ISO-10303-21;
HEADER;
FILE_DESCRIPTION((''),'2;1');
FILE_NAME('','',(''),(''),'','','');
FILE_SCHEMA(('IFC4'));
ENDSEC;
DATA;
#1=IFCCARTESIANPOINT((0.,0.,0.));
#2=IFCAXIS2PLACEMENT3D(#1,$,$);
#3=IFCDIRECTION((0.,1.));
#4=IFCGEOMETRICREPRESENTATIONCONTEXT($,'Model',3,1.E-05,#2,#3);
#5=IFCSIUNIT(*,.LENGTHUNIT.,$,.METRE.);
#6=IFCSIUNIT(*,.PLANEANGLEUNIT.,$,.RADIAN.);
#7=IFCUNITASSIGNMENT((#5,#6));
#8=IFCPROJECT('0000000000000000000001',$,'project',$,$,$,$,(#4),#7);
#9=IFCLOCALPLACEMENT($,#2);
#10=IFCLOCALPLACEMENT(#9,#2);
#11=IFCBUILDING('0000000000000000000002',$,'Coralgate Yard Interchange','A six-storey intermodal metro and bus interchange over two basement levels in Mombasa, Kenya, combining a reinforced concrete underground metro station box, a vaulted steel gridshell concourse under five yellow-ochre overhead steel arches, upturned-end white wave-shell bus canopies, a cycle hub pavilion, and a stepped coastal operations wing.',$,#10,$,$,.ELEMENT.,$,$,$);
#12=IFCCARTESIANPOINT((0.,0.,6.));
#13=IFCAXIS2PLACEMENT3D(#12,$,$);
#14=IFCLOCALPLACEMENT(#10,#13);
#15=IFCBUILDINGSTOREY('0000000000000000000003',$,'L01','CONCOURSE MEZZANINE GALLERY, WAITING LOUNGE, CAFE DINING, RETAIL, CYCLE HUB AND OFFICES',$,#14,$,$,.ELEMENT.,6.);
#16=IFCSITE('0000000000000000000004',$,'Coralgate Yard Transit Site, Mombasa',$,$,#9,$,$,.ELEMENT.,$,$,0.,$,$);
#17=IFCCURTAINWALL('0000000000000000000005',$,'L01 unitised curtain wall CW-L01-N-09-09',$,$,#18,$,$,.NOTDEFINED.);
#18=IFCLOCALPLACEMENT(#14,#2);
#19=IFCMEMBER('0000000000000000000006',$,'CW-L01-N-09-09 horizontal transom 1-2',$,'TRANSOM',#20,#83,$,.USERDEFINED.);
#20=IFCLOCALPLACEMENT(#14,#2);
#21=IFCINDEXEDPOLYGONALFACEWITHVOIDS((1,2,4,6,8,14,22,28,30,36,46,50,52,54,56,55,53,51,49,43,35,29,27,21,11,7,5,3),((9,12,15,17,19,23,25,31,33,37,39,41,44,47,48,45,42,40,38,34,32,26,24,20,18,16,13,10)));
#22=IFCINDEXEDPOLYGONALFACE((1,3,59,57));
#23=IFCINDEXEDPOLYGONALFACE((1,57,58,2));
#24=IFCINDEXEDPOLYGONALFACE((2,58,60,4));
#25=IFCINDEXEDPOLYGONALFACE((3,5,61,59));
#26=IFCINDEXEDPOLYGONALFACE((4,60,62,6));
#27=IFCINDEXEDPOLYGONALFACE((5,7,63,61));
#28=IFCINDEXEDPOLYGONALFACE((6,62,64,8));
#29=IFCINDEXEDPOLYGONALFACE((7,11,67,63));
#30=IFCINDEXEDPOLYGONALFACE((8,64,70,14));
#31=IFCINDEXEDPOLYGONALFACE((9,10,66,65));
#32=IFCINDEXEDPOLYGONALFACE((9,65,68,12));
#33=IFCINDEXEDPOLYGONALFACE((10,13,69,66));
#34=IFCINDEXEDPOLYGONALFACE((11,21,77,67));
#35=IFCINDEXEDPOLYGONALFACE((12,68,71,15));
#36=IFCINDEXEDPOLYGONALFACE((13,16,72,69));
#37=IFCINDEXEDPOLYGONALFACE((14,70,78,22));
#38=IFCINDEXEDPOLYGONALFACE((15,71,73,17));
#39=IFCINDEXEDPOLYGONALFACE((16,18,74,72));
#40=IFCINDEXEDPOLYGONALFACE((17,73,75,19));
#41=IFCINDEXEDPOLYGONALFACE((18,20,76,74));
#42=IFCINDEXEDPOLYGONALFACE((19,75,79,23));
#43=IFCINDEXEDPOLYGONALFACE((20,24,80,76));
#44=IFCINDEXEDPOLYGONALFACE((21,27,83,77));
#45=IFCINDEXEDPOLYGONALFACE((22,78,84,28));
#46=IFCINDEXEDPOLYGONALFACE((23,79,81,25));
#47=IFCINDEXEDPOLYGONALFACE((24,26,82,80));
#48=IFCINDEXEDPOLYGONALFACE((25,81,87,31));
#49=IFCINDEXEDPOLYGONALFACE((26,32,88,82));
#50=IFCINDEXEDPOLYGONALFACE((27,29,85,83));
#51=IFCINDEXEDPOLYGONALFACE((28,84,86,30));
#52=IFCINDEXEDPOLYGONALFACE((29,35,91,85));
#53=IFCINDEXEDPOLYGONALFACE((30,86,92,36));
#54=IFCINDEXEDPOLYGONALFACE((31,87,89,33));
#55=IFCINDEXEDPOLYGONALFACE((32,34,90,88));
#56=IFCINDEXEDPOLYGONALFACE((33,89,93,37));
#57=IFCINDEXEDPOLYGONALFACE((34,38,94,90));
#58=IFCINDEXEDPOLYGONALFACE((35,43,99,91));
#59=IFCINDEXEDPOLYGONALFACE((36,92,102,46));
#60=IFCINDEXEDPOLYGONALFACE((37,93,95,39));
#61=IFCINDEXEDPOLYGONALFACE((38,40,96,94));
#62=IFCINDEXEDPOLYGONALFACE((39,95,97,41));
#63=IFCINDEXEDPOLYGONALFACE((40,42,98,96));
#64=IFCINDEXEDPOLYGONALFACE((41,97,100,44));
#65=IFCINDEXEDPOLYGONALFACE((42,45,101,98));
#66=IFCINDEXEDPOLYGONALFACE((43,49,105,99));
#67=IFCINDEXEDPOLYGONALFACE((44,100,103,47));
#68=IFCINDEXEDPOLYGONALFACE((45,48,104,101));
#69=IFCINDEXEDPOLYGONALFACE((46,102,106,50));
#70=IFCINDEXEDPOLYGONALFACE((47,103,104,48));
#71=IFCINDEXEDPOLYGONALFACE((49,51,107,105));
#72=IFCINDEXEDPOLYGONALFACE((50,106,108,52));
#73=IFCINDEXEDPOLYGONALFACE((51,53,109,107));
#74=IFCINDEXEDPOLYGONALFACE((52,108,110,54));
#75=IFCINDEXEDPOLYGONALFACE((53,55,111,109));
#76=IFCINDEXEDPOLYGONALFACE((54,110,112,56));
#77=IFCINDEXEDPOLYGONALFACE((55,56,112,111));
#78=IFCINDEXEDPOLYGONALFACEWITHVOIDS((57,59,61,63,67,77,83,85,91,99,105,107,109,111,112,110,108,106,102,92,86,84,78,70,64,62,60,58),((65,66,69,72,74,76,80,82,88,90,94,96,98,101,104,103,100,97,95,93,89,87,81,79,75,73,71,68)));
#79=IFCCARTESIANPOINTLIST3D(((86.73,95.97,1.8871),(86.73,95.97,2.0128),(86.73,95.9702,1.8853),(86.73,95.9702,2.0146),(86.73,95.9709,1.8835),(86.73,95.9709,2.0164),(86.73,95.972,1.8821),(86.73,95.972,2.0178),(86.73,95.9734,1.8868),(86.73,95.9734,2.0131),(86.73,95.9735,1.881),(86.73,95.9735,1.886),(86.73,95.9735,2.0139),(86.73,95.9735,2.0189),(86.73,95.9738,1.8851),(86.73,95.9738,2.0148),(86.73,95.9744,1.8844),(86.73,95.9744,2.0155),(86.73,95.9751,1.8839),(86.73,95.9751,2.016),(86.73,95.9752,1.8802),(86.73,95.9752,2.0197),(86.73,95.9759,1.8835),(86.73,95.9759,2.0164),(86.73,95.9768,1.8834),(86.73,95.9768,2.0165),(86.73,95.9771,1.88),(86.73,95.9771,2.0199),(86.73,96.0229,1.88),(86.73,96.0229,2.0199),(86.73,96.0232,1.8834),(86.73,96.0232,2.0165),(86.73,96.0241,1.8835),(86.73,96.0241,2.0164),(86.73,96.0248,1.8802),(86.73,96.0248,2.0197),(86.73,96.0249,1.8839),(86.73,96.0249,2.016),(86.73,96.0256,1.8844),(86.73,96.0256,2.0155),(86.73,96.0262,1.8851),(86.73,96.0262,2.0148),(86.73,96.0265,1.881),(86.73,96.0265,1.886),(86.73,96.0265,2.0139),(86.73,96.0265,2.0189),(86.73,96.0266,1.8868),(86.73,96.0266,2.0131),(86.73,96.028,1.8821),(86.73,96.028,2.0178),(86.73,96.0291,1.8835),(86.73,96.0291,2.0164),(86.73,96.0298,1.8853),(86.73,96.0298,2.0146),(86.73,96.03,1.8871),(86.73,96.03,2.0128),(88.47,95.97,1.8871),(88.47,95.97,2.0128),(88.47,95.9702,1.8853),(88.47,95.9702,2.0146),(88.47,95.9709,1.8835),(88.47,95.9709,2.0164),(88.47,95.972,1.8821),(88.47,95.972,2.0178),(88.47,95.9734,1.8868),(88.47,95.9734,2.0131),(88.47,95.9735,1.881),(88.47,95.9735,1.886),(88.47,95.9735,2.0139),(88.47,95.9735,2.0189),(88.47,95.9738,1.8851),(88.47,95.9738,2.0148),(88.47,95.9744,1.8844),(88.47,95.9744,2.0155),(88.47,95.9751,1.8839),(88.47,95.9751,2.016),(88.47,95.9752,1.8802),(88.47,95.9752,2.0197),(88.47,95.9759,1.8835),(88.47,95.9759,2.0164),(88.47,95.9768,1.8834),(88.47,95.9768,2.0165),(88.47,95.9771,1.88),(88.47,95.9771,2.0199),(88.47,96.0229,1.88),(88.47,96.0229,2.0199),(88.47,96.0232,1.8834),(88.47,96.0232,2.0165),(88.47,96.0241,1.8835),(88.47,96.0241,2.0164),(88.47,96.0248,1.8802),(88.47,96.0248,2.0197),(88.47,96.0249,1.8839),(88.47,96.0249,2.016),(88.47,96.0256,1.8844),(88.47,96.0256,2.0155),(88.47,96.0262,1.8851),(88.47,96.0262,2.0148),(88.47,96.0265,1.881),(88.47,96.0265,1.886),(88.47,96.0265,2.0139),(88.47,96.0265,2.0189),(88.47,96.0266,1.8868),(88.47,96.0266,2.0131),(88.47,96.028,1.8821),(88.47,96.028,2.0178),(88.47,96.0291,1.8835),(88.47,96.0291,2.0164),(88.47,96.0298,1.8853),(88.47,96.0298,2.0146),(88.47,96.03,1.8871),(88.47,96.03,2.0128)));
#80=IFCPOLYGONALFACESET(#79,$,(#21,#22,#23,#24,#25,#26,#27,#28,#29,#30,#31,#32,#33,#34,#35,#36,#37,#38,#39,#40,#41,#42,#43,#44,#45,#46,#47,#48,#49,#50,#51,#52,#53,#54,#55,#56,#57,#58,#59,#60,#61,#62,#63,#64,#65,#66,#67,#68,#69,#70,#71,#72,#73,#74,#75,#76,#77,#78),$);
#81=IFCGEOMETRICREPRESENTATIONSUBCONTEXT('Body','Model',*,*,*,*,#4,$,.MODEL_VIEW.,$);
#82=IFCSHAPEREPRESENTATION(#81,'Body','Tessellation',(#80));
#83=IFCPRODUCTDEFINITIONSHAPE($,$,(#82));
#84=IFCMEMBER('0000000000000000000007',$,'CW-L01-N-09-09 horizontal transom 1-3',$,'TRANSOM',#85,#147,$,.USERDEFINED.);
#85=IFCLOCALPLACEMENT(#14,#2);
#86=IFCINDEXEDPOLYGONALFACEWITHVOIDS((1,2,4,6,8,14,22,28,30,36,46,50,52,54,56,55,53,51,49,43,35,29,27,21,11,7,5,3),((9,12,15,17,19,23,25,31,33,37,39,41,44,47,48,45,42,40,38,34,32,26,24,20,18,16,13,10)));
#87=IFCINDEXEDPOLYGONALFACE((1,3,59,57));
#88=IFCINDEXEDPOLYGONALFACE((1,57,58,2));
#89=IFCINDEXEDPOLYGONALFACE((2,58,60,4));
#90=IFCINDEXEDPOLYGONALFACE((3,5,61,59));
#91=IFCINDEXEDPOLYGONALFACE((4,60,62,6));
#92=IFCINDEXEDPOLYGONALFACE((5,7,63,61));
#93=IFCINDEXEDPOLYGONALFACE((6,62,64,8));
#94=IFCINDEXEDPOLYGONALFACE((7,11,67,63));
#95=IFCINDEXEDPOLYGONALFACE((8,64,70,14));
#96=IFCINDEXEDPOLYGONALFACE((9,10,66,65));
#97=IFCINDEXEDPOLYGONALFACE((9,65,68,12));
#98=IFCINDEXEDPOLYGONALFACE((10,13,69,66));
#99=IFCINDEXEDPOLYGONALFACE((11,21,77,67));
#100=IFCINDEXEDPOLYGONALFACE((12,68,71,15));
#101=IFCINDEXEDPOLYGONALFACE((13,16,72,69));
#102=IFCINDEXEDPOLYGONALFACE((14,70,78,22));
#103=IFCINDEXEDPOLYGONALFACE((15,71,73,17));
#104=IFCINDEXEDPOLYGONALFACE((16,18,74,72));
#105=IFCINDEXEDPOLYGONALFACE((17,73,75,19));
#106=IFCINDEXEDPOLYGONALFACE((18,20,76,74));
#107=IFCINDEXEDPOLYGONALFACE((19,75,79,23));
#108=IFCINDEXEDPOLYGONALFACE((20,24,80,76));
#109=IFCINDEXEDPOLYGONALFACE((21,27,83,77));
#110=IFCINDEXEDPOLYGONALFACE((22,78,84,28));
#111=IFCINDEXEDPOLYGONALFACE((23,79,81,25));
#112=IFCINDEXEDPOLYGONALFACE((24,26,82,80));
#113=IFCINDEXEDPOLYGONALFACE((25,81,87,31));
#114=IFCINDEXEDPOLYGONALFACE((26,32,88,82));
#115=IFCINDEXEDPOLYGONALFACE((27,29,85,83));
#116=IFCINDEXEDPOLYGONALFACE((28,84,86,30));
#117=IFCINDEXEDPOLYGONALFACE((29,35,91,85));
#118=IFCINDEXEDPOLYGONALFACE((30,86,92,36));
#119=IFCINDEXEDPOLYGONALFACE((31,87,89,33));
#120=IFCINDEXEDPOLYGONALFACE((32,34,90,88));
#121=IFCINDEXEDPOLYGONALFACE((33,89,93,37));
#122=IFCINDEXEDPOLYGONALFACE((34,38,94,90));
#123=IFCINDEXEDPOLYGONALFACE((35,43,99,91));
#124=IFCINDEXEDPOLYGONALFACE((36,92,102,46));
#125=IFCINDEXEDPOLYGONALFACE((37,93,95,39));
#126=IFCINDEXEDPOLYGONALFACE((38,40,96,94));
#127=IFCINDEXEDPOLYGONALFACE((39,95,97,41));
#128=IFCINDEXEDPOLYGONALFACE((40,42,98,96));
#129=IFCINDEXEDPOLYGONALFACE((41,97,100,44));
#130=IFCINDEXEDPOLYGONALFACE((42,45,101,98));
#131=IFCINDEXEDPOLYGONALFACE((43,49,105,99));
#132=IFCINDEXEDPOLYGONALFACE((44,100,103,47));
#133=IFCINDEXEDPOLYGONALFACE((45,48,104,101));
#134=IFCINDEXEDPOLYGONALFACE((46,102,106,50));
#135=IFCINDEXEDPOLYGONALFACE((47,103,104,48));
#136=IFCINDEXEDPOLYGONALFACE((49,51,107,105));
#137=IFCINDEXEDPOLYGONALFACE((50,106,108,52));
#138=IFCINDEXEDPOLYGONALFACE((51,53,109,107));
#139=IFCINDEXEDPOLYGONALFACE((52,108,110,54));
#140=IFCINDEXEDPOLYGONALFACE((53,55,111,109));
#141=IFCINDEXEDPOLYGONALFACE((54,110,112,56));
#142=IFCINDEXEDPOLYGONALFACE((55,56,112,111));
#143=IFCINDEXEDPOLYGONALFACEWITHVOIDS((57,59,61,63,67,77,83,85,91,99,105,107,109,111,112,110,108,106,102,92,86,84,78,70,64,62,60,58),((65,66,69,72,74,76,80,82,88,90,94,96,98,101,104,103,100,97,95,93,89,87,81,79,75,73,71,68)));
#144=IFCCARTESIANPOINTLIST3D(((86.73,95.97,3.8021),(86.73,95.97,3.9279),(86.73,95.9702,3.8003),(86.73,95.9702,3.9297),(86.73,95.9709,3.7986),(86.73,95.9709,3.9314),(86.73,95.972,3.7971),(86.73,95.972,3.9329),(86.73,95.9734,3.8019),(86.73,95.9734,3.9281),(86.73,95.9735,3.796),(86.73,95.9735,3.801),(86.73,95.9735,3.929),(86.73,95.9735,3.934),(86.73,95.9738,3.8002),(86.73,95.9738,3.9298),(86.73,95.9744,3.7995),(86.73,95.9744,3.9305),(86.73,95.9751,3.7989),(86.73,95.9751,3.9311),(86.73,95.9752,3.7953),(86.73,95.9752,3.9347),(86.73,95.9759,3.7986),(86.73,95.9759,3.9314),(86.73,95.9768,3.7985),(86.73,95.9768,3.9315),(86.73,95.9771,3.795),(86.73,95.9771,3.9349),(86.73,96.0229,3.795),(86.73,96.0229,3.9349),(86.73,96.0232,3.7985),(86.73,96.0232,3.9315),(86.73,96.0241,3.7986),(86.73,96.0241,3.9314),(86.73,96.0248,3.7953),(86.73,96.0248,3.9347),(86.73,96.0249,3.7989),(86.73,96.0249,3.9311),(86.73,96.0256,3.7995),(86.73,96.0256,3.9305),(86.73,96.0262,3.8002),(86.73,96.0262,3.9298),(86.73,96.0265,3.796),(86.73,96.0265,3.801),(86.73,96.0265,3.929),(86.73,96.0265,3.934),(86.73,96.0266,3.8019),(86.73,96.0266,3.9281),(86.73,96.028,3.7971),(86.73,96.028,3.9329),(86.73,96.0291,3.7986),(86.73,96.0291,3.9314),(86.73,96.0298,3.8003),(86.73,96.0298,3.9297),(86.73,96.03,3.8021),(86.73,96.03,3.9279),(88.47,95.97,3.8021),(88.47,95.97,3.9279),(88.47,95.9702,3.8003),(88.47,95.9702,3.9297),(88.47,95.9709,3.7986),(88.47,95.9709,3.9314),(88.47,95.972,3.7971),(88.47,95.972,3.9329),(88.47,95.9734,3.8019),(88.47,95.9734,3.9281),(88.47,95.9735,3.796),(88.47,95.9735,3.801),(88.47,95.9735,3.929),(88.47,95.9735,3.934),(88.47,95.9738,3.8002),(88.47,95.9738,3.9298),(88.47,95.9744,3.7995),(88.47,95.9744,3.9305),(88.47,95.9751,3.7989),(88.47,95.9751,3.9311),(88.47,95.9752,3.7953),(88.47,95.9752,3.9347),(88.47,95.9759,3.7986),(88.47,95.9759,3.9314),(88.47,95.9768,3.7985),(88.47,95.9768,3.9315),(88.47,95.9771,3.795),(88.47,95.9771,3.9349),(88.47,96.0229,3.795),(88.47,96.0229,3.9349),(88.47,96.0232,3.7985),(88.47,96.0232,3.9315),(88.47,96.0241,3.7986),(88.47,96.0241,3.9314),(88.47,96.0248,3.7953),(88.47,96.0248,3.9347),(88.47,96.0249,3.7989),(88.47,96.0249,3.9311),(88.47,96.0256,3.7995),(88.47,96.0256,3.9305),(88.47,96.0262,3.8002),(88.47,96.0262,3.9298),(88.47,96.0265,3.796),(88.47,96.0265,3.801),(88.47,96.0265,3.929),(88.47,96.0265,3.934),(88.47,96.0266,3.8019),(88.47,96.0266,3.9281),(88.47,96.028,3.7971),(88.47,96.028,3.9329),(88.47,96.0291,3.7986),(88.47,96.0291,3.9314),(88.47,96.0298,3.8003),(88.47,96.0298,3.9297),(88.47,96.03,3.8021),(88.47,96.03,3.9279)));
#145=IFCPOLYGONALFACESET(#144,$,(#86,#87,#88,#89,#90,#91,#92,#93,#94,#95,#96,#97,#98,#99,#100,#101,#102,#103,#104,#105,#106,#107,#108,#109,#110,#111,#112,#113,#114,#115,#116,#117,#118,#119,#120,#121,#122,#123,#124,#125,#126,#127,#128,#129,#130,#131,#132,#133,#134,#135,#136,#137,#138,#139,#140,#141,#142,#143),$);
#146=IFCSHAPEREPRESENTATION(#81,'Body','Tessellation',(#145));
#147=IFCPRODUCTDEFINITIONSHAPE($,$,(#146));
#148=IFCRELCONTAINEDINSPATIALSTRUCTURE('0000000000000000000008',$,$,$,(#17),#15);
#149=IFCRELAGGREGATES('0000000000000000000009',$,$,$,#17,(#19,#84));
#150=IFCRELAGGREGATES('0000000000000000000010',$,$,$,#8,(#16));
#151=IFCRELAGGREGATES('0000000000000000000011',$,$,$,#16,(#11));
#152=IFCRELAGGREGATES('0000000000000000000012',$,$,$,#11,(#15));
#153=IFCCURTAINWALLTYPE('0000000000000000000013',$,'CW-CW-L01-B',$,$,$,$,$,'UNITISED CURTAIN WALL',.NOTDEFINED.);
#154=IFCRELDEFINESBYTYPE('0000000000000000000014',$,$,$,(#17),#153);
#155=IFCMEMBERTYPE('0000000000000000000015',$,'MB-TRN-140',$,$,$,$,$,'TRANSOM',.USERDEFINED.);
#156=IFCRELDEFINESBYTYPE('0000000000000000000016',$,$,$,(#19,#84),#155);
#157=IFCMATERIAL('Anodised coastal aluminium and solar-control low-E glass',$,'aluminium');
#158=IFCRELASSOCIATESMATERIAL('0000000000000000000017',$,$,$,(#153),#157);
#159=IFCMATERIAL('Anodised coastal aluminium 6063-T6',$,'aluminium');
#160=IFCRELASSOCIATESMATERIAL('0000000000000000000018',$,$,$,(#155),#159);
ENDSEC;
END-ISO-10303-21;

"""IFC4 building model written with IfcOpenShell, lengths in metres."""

from ifc_helpers import new_model, si_unit, direction, frame, origin, origin_2d, place, context, subcontext, project, spatial, hollow_rectangle, extrude, material, material_profile, profile_set, type_object, element, aggregate, save


model = new_model("IFC4")

# Units and contexts
model_context = context("Model", 3, precision=1e-05, world=origin(), true_north=direction((0.0, 1.0)))
body_context = subcontext(model_context, "Body", "Model", "MODEL_VIEW")
ifc_project = project(units=[si_unit("LENGTHUNIT", "METRE"), si_unit("PLANEANGLEUNIT", "RADIAN")], contexts=[model_context])

# Site, building, storey
site_placement = place(None, origin())
site = spatial("IfcSite", under=ifc_project, at=site_placement, Name="Coralgate Yard Transit Site, Mombasa", CompositionType="ELEMENT", RefElevation=0.0)
building_placement = place(site_placement, origin())
building = spatial("IfcBuilding", under=site, at=building_placement, Name="Coralgate Yard Interchange", Description="A six-storey intermodal metro and bus interchange over two basement levels in Mombasa, Kenya, combining a reinforced concrete underground metro station box, a vaulted steel gridshell concourse under five yellow-ochre overhead steel arches, upturned-end white wave-shell bus canopies, a cycle hub pavilion, and a stepped coastal operations wing.", CompositionType="ELEMENT")
storey_placement = place(building_placement, frame((0.0, 0.0, 6.0)))
storey = spatial("IfcBuildingStorey", under=building, at=storey_placement, Name="L01", Description="CONCOURSE MEZZANINE GALLERY, WAITING LOUNGE, CAFE DINING, RETAIL, CYCLE HUB AND OFFICES", CompositionType="ELEMENT", Elevation=6.0)

# Curtain wall
ifc_material_1 = material(Name="Anodised coastal aluminium and solar-control low-E glass", Category="aluminium")
curtain_wall_type = type_object("IfcCurtainWallType", Name="CW-CW-L01-B", ElementType="UNITISED CURTAIN WALL", PredefinedType="NOTDEFINED", material=ifc_material_1)
curtain_wall_placement = place(storey_placement, origin())
curtain_wall = element("IfcCurtainWall", 1, at=curtain_wall_placement, inside=storey, type_object=curtain_wall_type, Name="L01 unitised curtain wall CW-L01-N-09-09", PredefinedType="NOTDEFINED")
ifc_material_2 = material(Name="Anodised coastal aluminium 6063-T6", Category="aluminium")

# Members
ifc_material_profile_1 = material_profile(ifc_material_2, hollow_rectangle(XDim=0.0601, YDim=0.1399, WallThickness=0.0034, InnerFilletRadius=0.0034, OuterFilletRadius=0.0071, at=origin_2d()), Name="ALU 60x140x3.5")
ifc_profile_set_1 = profile_set([ifc_material_profile_1], Name="Anodised coastal aluminium 6063-T6")
member_type_1 = type_object("IfcMemberType", Name="MB-TRN-140", ElementType="TRANSOM", PredefinedType="USERDEFINED", material=ifc_profile_set_1)
member_1_placement = place(storey_placement, frame((86.73, 96.0, 1.95), z_axis=(1.0, 0.0, 0.0), x_axis=(0.0, 1.0, 0.0)))
member_1 = element("IfcMember", 2, at=member_1_placement, type_object=member_type_1, Name="CW-L01-N-09-09 horizontal transom 1-2", ObjectType="TRANSOM", PredefinedType="USERDEFINED", context=body_context, shape_type="SweptSolid", body=[
    extrude(hollow_rectangle(XDim=0.0601, YDim=0.1399, WallThickness=0.0034, InnerFilletRadius=0.0034, OuterFilletRadius=0.0071, at=origin_2d()), origin(), (0.0, 0.0, 1.0), 1.74),
])
member_2_placement = place(storey_placement, frame((86.73, 96.0, 3.865), z_axis=(1.0, 0.0, 0.0), x_axis=(0.0, 1.0, 0.0)))
member_2 = element("IfcMember", 3, at=member_2_placement, type_object=member_type_1, Name="CW-L01-N-09-09 horizontal transom 1-3", ObjectType="TRANSOM", PredefinedType="USERDEFINED", context=body_context, shape_type="SweptSolid", body=[
    extrude(hollow_rectangle(XDim=0.0601, YDim=0.1399, WallThickness=0.0034, InnerFilletRadius=0.0034, OuterFilletRadius=0.0071, at=origin_2d()), origin(), (0.0, 0.0, 1.0), 1.74),
])

aggregate(curtain_wall, [member_1, member_2])

save(model, "model.ifc")
